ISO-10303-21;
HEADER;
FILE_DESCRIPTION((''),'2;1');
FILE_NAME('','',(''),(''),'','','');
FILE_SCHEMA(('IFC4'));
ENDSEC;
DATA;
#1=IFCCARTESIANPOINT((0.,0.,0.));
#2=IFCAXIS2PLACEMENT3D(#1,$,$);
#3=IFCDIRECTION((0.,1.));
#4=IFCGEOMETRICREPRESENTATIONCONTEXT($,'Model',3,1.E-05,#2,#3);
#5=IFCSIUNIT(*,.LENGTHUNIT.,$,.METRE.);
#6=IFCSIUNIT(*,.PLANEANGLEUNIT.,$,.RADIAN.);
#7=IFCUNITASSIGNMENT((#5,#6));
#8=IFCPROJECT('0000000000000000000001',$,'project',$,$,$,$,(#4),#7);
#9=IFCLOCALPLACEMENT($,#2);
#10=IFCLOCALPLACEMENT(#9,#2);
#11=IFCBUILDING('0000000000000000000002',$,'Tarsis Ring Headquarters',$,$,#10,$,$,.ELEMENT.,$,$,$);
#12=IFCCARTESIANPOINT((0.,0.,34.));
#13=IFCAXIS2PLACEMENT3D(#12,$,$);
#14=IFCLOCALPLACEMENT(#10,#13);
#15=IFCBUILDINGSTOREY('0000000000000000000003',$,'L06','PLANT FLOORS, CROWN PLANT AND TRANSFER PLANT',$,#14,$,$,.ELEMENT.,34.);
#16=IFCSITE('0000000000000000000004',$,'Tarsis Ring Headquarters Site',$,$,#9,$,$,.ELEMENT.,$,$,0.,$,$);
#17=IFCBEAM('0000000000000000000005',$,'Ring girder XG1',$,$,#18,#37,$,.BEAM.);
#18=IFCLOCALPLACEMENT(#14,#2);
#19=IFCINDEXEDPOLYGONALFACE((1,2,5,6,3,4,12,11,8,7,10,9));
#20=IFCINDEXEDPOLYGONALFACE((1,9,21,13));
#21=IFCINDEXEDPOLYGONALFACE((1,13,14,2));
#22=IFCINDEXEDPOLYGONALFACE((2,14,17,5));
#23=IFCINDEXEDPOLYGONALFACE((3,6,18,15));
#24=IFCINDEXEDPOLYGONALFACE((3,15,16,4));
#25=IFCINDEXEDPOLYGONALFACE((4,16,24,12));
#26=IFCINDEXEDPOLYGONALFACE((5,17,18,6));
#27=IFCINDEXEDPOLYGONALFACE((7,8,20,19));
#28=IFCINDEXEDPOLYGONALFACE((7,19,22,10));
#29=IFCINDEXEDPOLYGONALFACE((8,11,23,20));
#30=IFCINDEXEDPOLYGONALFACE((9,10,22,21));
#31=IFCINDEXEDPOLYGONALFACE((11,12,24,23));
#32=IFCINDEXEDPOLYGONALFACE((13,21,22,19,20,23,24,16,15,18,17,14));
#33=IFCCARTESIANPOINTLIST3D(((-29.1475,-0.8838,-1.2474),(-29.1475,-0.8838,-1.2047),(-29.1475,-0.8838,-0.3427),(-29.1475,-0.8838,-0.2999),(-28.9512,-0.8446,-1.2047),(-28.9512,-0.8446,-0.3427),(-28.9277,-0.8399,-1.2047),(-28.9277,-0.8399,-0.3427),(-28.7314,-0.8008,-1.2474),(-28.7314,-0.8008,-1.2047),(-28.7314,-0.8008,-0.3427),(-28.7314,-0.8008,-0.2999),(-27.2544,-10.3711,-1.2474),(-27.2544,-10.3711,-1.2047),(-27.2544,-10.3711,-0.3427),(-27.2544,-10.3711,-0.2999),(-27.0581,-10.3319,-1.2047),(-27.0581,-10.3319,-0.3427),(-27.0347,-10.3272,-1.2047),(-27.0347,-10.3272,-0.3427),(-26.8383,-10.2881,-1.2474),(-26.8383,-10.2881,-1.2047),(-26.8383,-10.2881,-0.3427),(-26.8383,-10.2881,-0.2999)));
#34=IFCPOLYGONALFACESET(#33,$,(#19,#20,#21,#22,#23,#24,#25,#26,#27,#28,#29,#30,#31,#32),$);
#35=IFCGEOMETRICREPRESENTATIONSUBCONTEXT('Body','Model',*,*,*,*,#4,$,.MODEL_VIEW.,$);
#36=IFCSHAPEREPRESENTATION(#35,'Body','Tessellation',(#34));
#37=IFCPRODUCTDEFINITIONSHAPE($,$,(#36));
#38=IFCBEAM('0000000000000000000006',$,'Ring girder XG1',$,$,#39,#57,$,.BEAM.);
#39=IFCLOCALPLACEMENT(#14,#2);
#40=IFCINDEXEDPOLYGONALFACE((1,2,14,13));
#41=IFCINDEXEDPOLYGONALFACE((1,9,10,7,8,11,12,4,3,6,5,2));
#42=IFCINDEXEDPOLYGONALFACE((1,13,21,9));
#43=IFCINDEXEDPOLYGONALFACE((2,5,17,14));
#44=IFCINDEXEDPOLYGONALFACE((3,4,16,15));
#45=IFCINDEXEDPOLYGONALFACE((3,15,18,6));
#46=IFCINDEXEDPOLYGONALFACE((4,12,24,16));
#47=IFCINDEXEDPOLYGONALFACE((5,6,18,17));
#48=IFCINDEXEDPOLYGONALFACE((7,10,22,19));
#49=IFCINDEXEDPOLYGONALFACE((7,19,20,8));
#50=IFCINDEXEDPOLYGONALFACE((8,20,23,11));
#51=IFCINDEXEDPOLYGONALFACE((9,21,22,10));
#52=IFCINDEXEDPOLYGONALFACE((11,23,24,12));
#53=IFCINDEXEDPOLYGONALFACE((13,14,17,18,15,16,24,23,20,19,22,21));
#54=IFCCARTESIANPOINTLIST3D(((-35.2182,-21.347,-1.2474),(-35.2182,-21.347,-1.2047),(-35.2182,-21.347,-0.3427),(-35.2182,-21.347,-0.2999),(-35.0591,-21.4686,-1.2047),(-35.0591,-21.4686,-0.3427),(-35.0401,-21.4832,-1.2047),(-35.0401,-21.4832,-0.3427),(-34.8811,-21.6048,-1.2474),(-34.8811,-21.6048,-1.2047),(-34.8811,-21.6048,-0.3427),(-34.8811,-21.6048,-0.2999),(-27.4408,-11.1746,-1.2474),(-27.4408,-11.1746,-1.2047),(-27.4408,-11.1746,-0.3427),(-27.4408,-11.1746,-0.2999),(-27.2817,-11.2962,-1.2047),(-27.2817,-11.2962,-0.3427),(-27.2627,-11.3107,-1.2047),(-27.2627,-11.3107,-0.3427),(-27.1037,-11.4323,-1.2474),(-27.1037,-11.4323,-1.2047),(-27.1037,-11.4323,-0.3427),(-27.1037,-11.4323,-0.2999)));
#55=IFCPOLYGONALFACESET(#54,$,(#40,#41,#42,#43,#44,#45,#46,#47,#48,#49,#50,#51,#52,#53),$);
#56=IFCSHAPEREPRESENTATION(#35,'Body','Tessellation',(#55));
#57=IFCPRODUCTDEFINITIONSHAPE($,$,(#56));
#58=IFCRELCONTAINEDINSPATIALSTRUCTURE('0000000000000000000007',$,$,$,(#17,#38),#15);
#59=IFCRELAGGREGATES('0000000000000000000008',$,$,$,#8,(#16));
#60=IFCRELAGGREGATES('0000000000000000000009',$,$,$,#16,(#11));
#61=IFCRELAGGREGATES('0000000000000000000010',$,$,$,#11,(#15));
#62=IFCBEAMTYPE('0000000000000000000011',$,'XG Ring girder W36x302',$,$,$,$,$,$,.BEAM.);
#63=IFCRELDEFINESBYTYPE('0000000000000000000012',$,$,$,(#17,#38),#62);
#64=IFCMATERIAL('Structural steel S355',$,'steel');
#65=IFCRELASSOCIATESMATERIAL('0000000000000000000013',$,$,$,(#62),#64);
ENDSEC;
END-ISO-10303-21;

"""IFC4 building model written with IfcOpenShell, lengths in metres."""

from ifc_helpers import new_model, si_unit, direction, frame, origin, origin_2d, place, context, subcontext, project, spatial, i_section, extrude, material, material_profile, profile_set, type_object, element, save


model = new_model("IFC4")

# Units and contexts
model_context = context("Model", 3, precision=1e-05, world=origin(), true_north=direction((0.0, 1.0)))
body_context = subcontext(model_context, "Body", "Model", "MODEL_VIEW")
ifc_project = project(units=[si_unit("LENGTHUNIT", "METRE"), si_unit("PLANEANGLEUNIT", "RADIAN")], contexts=[model_context])

# Site, building, storey
site_placement = place(None, origin())
site = spatial("IfcSite", under=ifc_project, at=site_placement, Name="Tarsis Ring Headquarters Site", CompositionType="ELEMENT", RefElevation=0.0)
building_placement = place(site_placement, origin())
building = spatial("IfcBuilding", under=site, at=building_placement, Name="Tarsis Ring Headquarters", CompositionType="ELEMENT")
storey_placement = place(building_placement, frame((0.0, 0.0, 34.0)))
storey = spatial("IfcBuildingStorey", under=building, at=storey_placement, Name="L06", Description="PLANT FLOORS, CROWN PLANT AND TRANSFER PLANT", CompositionType="ELEMENT", Elevation=34.0)

# Shared definitions
ifc_material_1 = material(Name="Structural steel S355", Category="steel")
ifc_material_profile_1 = material_profile(ifc_material_1, i_section(OverallWidth=0.4243, OverallDepth=0.9475, WebThickness=0.0239, FlangeThickness=0.0427, at=origin_2d()), Name="W36x302")
ifc_profile_set_1 = profile_set([ifc_material_profile_1], Name="Structural steel S355")

# Beams
beam_type_1 = type_object("IfcBeamType", Name="XG Ring girder W36x302", PredefinedType="BEAM", material=ifc_profile_set_1)
beam_1_placement = place(storey_placement, frame((-28.9395, -0.8423, -0.7737), z_axis=(0.195679, -0.980668, 0.0), x_axis=(0.980668, 0.195679, 0.0)))
element("IfcBeam", 1, at=beam_1_placement, inside=storey, type_object=beam_type_1, Name="Ring girder XG1", PredefinedType="BEAM", context=body_context, shape_type="SweptSolid", body=[
    extrude(i_section(OverallWidth=0.4243, OverallDepth=0.9475, WebThickness=0.0239, FlangeThickness=0.0427, at=origin_2d()), origin(), (0.0, 0.0, 1.0), 9.6743),
])
beam_2_placement = place(storey_placement, frame((-27.2722, -11.3035, -0.7737), z_axis=(-0.607375, -0.794415, 0.0), x_axis=(0.794415, -0.607375, 0.0)))
element("IfcBeam", 2, at=beam_2_placement, inside=storey, type_object=beam_type_1, Name="Ring girder XG1", PredefinedType="BEAM", context=body_context, shape_type="SweptSolid", body=[
    extrude(i_section(OverallWidth=0.4243, OverallDepth=0.9475, WebThickness=0.0239, FlangeThickness=0.0427, at=origin_2d()), origin(), (0.0, 0.0, 1.0), 12.8049),
])

save(model, "model.ifc")
